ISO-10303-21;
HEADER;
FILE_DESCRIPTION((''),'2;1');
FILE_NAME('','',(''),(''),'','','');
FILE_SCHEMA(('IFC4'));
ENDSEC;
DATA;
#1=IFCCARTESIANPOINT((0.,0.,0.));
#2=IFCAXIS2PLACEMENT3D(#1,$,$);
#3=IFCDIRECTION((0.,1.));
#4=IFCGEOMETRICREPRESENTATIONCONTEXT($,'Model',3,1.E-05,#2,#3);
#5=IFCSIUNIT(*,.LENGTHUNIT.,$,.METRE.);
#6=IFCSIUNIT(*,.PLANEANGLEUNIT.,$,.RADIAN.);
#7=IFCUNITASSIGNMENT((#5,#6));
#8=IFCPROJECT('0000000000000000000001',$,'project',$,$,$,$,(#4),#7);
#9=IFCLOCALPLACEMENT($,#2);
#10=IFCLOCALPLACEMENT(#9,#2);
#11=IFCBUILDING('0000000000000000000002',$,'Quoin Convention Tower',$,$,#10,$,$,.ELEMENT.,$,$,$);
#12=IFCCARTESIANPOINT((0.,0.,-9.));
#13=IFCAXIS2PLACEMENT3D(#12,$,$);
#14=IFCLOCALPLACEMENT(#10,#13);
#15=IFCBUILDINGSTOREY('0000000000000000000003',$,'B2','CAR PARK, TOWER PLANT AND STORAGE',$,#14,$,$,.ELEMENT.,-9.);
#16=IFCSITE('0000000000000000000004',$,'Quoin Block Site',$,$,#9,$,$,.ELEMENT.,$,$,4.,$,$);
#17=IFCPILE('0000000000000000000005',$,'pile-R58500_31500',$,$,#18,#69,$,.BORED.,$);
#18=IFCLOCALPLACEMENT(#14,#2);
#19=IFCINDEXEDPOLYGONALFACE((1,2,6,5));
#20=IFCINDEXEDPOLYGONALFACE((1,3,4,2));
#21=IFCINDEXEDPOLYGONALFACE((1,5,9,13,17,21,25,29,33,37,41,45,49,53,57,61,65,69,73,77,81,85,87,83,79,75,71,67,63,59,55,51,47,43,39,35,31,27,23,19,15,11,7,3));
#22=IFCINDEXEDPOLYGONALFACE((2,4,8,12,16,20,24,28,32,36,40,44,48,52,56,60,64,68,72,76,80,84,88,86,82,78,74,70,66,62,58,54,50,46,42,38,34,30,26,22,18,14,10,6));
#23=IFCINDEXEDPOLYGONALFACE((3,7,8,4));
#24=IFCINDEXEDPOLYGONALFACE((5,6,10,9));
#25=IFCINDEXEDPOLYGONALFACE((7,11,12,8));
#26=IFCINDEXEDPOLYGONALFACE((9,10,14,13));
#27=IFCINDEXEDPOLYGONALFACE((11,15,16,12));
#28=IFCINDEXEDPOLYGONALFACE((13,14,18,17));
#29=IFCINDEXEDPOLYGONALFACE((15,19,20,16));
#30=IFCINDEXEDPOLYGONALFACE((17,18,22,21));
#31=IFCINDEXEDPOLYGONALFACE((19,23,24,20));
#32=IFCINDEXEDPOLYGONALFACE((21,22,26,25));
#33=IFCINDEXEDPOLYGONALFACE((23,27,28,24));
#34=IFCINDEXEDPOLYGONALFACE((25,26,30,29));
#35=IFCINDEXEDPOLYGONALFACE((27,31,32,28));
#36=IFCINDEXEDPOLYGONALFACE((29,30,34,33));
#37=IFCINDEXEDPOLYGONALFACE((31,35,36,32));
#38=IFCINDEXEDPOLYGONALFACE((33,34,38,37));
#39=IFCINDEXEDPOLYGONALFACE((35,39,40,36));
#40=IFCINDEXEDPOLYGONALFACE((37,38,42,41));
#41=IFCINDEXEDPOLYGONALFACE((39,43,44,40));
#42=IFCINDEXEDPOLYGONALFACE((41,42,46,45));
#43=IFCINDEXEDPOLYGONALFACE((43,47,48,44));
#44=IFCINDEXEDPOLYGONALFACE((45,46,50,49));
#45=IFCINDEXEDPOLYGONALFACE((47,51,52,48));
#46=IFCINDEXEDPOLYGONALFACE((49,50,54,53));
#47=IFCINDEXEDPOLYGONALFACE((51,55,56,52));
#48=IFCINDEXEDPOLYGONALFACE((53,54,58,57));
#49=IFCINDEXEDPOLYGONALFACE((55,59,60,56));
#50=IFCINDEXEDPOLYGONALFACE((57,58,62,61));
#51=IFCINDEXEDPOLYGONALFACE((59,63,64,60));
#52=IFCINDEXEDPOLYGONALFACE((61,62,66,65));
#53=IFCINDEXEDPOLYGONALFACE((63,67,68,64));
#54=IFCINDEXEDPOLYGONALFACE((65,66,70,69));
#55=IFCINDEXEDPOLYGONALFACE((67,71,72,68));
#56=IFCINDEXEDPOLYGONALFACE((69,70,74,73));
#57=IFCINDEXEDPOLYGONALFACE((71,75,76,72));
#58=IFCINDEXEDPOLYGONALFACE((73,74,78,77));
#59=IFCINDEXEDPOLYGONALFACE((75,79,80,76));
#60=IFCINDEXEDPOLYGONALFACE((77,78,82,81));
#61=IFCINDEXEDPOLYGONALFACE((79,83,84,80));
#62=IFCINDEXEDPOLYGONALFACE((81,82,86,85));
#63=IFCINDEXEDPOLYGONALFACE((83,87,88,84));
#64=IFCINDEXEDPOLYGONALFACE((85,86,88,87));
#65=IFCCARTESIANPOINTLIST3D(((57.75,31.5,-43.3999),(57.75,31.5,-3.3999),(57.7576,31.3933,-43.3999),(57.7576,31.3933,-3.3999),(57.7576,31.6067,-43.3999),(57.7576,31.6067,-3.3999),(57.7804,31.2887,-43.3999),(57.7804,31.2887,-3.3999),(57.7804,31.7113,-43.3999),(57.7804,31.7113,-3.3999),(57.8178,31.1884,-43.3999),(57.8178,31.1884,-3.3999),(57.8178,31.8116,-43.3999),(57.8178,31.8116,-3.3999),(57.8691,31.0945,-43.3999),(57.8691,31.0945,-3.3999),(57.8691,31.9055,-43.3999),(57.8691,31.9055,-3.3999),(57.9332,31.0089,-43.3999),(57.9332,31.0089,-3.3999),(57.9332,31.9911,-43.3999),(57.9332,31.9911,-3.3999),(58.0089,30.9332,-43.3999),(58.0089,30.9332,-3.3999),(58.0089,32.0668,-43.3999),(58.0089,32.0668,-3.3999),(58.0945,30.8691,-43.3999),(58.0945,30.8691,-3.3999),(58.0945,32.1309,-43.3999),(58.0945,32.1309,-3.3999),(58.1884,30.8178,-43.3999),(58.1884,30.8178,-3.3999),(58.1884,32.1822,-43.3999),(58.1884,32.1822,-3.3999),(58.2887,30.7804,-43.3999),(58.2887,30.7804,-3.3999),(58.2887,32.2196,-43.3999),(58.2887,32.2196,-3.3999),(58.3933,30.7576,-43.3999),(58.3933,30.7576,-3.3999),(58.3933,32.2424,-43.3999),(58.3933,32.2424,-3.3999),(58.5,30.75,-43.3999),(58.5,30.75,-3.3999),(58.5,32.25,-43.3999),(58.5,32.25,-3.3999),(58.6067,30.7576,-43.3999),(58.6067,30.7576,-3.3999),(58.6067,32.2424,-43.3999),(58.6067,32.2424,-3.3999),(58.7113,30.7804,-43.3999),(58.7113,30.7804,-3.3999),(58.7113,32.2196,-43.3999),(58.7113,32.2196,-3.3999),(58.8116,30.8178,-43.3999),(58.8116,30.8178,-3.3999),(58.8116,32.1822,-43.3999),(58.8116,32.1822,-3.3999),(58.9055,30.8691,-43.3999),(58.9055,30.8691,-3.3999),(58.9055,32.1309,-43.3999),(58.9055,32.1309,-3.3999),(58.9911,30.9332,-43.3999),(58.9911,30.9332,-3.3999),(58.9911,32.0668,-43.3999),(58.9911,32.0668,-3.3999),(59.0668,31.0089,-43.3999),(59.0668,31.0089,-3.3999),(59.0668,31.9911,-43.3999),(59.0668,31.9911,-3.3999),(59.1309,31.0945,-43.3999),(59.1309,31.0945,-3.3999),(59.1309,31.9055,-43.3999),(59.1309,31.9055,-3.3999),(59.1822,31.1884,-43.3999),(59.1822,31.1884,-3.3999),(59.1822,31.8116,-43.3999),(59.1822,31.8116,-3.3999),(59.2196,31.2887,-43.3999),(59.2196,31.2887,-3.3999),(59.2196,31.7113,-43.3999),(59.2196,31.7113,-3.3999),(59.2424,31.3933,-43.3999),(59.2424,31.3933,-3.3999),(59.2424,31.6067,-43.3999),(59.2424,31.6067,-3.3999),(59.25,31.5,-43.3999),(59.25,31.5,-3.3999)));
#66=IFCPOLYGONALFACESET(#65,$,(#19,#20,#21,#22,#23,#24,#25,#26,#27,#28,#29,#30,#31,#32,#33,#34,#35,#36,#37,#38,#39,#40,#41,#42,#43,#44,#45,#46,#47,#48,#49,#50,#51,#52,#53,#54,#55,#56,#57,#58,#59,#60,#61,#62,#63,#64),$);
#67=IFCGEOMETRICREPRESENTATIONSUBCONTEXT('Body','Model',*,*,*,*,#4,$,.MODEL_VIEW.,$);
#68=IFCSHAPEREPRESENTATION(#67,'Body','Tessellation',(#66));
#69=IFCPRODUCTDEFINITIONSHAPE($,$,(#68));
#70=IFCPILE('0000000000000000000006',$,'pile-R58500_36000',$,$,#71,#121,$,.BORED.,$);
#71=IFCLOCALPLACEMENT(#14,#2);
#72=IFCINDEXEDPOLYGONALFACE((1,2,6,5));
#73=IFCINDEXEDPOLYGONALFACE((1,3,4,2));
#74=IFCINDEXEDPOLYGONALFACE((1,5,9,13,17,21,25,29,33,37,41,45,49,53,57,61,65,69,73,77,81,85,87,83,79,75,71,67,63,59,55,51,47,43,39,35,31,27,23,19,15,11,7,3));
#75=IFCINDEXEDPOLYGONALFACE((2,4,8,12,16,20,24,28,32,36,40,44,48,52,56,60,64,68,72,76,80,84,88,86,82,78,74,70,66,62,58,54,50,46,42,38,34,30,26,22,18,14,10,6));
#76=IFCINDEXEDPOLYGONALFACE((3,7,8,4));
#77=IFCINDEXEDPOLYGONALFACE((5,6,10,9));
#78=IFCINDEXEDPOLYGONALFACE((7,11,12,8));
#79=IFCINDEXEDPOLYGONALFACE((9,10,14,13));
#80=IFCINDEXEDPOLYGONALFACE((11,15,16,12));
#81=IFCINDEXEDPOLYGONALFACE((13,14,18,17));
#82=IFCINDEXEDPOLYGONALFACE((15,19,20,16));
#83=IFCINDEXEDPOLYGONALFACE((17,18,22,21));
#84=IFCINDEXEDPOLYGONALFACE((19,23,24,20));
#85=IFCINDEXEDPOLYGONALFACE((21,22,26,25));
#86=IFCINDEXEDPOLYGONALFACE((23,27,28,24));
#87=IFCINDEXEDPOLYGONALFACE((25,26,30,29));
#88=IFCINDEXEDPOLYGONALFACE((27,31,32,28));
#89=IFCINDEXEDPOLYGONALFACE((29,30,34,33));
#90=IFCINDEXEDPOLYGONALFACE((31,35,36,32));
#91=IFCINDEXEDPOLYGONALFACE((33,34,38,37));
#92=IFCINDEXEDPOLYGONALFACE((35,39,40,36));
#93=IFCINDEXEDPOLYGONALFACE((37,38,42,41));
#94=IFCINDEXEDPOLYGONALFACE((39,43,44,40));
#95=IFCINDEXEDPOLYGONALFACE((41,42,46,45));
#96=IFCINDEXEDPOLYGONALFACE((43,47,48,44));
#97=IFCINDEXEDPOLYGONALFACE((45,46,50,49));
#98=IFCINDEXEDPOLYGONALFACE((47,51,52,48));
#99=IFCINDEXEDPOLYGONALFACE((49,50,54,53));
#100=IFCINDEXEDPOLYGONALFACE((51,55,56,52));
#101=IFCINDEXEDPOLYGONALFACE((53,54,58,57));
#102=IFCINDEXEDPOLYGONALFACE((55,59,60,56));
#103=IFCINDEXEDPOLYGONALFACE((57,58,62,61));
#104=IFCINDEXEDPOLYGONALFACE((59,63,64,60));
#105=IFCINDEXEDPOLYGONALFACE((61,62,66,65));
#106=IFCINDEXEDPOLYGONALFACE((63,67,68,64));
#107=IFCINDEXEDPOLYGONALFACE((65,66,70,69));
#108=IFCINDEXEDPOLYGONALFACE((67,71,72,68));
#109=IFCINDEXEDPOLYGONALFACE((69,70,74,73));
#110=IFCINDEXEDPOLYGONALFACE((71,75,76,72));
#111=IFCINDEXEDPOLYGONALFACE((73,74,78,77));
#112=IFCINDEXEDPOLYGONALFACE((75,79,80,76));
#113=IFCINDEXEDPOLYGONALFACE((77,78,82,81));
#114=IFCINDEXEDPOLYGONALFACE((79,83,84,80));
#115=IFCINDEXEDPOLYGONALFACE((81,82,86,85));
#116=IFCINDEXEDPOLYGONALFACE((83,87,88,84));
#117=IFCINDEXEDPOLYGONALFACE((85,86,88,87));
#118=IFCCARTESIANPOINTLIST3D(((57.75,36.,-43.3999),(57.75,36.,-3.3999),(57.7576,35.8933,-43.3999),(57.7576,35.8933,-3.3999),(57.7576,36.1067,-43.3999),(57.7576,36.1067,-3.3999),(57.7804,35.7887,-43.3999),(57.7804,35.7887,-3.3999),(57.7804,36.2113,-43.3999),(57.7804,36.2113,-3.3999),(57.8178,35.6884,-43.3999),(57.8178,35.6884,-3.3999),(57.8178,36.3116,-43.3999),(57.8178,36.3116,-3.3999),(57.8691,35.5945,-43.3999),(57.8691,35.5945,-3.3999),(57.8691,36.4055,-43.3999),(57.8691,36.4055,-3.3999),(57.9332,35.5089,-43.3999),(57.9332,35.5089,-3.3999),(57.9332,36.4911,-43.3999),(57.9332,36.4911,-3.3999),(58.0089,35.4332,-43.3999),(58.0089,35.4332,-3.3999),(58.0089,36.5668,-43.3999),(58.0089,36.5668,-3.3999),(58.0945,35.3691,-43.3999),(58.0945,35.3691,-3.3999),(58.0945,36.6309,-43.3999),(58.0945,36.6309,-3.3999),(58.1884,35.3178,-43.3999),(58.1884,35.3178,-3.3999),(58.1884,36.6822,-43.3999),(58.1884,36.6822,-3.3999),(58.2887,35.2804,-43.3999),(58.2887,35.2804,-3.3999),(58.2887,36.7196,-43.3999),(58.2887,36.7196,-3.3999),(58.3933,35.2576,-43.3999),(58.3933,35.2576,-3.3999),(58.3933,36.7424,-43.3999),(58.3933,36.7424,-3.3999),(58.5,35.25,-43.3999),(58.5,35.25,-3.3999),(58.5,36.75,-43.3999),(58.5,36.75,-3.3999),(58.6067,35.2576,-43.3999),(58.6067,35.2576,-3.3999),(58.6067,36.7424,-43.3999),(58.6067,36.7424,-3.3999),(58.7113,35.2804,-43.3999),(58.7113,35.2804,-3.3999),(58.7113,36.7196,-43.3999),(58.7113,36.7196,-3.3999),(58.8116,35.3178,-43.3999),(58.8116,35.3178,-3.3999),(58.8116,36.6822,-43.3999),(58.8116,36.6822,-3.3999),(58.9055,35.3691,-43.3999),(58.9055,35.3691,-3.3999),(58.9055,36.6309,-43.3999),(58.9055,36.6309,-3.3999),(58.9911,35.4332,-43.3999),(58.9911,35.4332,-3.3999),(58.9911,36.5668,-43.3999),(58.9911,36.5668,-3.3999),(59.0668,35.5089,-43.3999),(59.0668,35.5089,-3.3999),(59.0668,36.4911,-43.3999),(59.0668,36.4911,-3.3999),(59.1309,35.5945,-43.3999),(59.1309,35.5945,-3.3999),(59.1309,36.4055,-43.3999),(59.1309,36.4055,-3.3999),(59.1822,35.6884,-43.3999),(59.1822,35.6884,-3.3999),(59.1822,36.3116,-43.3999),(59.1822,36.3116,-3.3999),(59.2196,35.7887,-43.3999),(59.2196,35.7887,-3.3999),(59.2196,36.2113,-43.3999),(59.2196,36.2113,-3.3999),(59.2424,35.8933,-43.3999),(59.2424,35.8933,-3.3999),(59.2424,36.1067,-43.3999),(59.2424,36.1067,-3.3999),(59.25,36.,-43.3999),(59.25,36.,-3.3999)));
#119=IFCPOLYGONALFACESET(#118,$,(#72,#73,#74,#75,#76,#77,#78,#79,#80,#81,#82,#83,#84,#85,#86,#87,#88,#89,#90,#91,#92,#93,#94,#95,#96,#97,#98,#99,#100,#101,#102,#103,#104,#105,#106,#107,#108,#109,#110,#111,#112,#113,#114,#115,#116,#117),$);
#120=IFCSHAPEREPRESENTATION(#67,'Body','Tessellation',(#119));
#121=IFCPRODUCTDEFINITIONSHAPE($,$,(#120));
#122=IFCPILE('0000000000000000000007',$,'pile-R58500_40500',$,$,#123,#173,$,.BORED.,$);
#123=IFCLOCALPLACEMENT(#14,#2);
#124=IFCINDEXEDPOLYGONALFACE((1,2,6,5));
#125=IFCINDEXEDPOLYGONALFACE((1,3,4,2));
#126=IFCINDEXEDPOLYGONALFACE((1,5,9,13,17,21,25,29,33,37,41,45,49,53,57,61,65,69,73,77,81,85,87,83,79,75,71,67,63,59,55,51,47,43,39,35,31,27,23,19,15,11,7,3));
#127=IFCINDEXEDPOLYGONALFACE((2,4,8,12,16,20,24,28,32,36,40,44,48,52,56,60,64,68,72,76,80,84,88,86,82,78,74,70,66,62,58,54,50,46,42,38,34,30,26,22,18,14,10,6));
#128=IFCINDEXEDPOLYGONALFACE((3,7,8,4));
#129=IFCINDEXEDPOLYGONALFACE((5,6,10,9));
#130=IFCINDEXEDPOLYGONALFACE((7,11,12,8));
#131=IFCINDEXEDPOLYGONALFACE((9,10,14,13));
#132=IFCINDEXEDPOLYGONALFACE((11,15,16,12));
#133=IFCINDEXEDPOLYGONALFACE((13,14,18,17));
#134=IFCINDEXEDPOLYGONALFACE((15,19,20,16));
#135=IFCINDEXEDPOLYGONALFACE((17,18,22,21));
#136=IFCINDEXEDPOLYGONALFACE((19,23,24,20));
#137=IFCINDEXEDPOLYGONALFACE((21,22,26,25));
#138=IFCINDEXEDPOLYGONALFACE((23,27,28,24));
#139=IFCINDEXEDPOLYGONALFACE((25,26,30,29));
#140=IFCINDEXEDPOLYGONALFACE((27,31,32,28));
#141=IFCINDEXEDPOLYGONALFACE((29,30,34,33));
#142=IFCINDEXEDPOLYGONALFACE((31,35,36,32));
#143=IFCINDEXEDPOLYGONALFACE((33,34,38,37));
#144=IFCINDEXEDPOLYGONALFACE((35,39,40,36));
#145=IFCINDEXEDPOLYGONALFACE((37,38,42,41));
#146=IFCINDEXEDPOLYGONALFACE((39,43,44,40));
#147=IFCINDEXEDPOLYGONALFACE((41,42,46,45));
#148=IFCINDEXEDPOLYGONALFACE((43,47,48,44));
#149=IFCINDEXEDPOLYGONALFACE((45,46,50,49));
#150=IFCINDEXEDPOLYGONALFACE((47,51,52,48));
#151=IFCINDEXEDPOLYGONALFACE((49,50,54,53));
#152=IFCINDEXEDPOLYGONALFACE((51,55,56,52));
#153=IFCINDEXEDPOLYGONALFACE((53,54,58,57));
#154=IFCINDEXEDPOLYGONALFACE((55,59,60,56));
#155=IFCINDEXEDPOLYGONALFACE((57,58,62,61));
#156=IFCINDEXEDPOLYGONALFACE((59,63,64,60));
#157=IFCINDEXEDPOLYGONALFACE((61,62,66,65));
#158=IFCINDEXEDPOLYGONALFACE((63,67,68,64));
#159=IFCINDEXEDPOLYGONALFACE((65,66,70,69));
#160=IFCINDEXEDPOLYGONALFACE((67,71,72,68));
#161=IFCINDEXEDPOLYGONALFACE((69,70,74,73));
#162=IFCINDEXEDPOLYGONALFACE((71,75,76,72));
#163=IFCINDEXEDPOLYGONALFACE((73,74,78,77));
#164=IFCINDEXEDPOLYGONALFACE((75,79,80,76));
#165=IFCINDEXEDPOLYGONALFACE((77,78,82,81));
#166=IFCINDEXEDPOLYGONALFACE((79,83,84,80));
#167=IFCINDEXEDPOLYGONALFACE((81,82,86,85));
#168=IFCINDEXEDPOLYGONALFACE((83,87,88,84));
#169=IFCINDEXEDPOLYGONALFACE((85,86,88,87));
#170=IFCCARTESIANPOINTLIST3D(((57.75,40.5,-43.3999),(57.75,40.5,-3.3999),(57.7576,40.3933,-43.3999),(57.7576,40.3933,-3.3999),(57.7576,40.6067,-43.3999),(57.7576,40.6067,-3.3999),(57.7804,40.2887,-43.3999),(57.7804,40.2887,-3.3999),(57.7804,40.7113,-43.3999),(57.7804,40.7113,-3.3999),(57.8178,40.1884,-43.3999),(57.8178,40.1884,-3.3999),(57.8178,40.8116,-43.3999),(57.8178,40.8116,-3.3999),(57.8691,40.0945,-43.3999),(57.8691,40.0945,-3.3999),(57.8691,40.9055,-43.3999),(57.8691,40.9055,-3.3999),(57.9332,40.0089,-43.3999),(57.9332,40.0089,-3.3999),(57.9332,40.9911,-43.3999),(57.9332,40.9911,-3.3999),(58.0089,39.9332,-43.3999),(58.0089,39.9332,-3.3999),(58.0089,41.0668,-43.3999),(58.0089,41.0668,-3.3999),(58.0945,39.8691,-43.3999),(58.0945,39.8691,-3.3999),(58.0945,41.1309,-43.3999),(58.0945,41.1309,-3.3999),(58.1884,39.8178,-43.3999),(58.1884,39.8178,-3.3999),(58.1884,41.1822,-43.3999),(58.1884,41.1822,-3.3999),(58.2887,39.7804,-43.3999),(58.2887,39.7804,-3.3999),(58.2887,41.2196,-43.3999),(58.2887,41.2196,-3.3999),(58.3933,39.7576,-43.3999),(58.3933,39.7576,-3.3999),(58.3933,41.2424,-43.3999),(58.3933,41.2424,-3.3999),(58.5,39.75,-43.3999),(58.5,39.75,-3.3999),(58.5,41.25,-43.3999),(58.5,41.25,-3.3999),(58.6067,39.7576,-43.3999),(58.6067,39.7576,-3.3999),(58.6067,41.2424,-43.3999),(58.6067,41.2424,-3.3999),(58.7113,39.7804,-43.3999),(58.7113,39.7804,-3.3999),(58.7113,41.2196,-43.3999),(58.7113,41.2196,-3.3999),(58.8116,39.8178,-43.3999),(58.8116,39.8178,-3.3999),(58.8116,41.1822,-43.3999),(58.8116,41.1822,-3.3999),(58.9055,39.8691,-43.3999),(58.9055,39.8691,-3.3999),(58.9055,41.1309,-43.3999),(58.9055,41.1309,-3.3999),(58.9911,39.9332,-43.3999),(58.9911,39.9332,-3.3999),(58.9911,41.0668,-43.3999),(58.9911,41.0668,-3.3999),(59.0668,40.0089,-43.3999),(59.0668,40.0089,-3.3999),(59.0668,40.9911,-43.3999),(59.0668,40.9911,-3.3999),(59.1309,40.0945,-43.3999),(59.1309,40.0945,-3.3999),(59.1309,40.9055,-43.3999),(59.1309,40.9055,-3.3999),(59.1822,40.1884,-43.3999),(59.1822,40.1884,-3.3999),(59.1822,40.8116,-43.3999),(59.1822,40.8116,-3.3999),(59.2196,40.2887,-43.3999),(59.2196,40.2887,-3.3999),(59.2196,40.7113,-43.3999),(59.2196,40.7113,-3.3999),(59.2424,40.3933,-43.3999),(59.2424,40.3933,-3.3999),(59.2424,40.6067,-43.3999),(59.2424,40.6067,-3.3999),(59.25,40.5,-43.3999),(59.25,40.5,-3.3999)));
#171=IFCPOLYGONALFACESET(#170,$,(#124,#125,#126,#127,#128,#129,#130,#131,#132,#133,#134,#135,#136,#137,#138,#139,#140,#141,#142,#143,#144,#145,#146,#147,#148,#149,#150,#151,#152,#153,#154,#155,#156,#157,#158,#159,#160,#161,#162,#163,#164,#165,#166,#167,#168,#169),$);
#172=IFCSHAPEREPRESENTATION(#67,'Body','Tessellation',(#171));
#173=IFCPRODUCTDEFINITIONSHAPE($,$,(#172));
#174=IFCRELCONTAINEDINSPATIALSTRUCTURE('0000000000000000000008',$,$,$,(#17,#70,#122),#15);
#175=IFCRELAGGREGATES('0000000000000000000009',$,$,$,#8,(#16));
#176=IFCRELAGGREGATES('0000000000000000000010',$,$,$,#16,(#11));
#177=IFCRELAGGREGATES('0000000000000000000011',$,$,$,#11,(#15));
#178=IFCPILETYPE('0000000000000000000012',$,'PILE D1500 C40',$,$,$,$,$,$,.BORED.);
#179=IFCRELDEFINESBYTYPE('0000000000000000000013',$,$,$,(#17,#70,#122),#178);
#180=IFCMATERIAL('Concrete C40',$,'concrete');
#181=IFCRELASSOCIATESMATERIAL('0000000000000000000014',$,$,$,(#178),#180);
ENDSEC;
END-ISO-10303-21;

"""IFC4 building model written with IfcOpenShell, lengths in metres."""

from ifc_helpers import new_model, si_unit, direction, frame, origin, origin_2d, place, context, subcontext, project, spatial, circle, extrude, material, material_profile, profile_set, type_object, element, save


model = new_model("IFC4")

# Units and contexts
model_context = context("Model", 3, precision=1e-05, world=origin(), true_north=direction((0.0, 1.0)))
body_context = subcontext(model_context, "Body", "Model", "MODEL_VIEW")
ifc_project = project(units=[si_unit("LENGTHUNIT", "METRE"), si_unit("PLANEANGLEUNIT", "RADIAN")], contexts=[model_context])

# Site, building, storey
site_placement = place(None, origin())
site = spatial("IfcSite", under=ifc_project, at=site_placement, Name="Quoin Block Site", CompositionType="ELEMENT", RefElevation=4.0)
building_placement = place(site_placement, origin())
building = spatial("IfcBuilding", under=site, at=building_placement, Name="Quoin Convention Tower", CompositionType="ELEMENT")
storey_placement = place(building_placement, frame((0.0, 0.0, -9.0)))
storey = spatial("IfcBuildingStorey", under=building, at=storey_placement, Name="B2", Description="CAR PARK, TOWER PLANT AND STORAGE", CompositionType="ELEMENT", Elevation=-9.0)

# Piles
ifc_material_1 = material(Name="Concrete C40", Category="concrete")
ifc_material_profile_1 = material_profile(ifc_material_1, circle(Radius=0.75, at=origin_2d()), Name="D1500")
ifc_profile_set_1 = profile_set([ifc_material_profile_1], Name="Concrete C40")
pile_type = type_object("IfcPileType", Name="PILE D1500 C40", PredefinedType="BORED", material=ifc_profile_set_1)
for number, where, z_axis, x_axis, name in (
    (1, (58.5, 31.5, -3.3999), (0.0, 0.0, -1.0), (1.0, 0.0, 0.0), "pile-R58500_31500"),
    (2, (58.5, 36.0, -3.3999), (0.0, 0.0, -1.0), (1.0, 0.0, 0.0), "pile-R58500_36000"),
    (3, (58.5, 40.5, -3.3999), (0.0, 0.0, -1.0), (1.0, 0.0, 0.0), "pile-R58500_40500"),
):
    element("IfcPile", number, at=place(storey_placement, frame(where, z_axis=z_axis, x_axis=x_axis)), inside=storey, type_object=pile_type, Name=name, PredefinedType="BORED", context=body_context, shape_type="SweptSolid", body=[
        extrude(circle(Radius=0.75, at=origin_2d()), origin(), (0.0, 0.0, 1.0), 40.0),
    ])

save(model, "model.ifc")
